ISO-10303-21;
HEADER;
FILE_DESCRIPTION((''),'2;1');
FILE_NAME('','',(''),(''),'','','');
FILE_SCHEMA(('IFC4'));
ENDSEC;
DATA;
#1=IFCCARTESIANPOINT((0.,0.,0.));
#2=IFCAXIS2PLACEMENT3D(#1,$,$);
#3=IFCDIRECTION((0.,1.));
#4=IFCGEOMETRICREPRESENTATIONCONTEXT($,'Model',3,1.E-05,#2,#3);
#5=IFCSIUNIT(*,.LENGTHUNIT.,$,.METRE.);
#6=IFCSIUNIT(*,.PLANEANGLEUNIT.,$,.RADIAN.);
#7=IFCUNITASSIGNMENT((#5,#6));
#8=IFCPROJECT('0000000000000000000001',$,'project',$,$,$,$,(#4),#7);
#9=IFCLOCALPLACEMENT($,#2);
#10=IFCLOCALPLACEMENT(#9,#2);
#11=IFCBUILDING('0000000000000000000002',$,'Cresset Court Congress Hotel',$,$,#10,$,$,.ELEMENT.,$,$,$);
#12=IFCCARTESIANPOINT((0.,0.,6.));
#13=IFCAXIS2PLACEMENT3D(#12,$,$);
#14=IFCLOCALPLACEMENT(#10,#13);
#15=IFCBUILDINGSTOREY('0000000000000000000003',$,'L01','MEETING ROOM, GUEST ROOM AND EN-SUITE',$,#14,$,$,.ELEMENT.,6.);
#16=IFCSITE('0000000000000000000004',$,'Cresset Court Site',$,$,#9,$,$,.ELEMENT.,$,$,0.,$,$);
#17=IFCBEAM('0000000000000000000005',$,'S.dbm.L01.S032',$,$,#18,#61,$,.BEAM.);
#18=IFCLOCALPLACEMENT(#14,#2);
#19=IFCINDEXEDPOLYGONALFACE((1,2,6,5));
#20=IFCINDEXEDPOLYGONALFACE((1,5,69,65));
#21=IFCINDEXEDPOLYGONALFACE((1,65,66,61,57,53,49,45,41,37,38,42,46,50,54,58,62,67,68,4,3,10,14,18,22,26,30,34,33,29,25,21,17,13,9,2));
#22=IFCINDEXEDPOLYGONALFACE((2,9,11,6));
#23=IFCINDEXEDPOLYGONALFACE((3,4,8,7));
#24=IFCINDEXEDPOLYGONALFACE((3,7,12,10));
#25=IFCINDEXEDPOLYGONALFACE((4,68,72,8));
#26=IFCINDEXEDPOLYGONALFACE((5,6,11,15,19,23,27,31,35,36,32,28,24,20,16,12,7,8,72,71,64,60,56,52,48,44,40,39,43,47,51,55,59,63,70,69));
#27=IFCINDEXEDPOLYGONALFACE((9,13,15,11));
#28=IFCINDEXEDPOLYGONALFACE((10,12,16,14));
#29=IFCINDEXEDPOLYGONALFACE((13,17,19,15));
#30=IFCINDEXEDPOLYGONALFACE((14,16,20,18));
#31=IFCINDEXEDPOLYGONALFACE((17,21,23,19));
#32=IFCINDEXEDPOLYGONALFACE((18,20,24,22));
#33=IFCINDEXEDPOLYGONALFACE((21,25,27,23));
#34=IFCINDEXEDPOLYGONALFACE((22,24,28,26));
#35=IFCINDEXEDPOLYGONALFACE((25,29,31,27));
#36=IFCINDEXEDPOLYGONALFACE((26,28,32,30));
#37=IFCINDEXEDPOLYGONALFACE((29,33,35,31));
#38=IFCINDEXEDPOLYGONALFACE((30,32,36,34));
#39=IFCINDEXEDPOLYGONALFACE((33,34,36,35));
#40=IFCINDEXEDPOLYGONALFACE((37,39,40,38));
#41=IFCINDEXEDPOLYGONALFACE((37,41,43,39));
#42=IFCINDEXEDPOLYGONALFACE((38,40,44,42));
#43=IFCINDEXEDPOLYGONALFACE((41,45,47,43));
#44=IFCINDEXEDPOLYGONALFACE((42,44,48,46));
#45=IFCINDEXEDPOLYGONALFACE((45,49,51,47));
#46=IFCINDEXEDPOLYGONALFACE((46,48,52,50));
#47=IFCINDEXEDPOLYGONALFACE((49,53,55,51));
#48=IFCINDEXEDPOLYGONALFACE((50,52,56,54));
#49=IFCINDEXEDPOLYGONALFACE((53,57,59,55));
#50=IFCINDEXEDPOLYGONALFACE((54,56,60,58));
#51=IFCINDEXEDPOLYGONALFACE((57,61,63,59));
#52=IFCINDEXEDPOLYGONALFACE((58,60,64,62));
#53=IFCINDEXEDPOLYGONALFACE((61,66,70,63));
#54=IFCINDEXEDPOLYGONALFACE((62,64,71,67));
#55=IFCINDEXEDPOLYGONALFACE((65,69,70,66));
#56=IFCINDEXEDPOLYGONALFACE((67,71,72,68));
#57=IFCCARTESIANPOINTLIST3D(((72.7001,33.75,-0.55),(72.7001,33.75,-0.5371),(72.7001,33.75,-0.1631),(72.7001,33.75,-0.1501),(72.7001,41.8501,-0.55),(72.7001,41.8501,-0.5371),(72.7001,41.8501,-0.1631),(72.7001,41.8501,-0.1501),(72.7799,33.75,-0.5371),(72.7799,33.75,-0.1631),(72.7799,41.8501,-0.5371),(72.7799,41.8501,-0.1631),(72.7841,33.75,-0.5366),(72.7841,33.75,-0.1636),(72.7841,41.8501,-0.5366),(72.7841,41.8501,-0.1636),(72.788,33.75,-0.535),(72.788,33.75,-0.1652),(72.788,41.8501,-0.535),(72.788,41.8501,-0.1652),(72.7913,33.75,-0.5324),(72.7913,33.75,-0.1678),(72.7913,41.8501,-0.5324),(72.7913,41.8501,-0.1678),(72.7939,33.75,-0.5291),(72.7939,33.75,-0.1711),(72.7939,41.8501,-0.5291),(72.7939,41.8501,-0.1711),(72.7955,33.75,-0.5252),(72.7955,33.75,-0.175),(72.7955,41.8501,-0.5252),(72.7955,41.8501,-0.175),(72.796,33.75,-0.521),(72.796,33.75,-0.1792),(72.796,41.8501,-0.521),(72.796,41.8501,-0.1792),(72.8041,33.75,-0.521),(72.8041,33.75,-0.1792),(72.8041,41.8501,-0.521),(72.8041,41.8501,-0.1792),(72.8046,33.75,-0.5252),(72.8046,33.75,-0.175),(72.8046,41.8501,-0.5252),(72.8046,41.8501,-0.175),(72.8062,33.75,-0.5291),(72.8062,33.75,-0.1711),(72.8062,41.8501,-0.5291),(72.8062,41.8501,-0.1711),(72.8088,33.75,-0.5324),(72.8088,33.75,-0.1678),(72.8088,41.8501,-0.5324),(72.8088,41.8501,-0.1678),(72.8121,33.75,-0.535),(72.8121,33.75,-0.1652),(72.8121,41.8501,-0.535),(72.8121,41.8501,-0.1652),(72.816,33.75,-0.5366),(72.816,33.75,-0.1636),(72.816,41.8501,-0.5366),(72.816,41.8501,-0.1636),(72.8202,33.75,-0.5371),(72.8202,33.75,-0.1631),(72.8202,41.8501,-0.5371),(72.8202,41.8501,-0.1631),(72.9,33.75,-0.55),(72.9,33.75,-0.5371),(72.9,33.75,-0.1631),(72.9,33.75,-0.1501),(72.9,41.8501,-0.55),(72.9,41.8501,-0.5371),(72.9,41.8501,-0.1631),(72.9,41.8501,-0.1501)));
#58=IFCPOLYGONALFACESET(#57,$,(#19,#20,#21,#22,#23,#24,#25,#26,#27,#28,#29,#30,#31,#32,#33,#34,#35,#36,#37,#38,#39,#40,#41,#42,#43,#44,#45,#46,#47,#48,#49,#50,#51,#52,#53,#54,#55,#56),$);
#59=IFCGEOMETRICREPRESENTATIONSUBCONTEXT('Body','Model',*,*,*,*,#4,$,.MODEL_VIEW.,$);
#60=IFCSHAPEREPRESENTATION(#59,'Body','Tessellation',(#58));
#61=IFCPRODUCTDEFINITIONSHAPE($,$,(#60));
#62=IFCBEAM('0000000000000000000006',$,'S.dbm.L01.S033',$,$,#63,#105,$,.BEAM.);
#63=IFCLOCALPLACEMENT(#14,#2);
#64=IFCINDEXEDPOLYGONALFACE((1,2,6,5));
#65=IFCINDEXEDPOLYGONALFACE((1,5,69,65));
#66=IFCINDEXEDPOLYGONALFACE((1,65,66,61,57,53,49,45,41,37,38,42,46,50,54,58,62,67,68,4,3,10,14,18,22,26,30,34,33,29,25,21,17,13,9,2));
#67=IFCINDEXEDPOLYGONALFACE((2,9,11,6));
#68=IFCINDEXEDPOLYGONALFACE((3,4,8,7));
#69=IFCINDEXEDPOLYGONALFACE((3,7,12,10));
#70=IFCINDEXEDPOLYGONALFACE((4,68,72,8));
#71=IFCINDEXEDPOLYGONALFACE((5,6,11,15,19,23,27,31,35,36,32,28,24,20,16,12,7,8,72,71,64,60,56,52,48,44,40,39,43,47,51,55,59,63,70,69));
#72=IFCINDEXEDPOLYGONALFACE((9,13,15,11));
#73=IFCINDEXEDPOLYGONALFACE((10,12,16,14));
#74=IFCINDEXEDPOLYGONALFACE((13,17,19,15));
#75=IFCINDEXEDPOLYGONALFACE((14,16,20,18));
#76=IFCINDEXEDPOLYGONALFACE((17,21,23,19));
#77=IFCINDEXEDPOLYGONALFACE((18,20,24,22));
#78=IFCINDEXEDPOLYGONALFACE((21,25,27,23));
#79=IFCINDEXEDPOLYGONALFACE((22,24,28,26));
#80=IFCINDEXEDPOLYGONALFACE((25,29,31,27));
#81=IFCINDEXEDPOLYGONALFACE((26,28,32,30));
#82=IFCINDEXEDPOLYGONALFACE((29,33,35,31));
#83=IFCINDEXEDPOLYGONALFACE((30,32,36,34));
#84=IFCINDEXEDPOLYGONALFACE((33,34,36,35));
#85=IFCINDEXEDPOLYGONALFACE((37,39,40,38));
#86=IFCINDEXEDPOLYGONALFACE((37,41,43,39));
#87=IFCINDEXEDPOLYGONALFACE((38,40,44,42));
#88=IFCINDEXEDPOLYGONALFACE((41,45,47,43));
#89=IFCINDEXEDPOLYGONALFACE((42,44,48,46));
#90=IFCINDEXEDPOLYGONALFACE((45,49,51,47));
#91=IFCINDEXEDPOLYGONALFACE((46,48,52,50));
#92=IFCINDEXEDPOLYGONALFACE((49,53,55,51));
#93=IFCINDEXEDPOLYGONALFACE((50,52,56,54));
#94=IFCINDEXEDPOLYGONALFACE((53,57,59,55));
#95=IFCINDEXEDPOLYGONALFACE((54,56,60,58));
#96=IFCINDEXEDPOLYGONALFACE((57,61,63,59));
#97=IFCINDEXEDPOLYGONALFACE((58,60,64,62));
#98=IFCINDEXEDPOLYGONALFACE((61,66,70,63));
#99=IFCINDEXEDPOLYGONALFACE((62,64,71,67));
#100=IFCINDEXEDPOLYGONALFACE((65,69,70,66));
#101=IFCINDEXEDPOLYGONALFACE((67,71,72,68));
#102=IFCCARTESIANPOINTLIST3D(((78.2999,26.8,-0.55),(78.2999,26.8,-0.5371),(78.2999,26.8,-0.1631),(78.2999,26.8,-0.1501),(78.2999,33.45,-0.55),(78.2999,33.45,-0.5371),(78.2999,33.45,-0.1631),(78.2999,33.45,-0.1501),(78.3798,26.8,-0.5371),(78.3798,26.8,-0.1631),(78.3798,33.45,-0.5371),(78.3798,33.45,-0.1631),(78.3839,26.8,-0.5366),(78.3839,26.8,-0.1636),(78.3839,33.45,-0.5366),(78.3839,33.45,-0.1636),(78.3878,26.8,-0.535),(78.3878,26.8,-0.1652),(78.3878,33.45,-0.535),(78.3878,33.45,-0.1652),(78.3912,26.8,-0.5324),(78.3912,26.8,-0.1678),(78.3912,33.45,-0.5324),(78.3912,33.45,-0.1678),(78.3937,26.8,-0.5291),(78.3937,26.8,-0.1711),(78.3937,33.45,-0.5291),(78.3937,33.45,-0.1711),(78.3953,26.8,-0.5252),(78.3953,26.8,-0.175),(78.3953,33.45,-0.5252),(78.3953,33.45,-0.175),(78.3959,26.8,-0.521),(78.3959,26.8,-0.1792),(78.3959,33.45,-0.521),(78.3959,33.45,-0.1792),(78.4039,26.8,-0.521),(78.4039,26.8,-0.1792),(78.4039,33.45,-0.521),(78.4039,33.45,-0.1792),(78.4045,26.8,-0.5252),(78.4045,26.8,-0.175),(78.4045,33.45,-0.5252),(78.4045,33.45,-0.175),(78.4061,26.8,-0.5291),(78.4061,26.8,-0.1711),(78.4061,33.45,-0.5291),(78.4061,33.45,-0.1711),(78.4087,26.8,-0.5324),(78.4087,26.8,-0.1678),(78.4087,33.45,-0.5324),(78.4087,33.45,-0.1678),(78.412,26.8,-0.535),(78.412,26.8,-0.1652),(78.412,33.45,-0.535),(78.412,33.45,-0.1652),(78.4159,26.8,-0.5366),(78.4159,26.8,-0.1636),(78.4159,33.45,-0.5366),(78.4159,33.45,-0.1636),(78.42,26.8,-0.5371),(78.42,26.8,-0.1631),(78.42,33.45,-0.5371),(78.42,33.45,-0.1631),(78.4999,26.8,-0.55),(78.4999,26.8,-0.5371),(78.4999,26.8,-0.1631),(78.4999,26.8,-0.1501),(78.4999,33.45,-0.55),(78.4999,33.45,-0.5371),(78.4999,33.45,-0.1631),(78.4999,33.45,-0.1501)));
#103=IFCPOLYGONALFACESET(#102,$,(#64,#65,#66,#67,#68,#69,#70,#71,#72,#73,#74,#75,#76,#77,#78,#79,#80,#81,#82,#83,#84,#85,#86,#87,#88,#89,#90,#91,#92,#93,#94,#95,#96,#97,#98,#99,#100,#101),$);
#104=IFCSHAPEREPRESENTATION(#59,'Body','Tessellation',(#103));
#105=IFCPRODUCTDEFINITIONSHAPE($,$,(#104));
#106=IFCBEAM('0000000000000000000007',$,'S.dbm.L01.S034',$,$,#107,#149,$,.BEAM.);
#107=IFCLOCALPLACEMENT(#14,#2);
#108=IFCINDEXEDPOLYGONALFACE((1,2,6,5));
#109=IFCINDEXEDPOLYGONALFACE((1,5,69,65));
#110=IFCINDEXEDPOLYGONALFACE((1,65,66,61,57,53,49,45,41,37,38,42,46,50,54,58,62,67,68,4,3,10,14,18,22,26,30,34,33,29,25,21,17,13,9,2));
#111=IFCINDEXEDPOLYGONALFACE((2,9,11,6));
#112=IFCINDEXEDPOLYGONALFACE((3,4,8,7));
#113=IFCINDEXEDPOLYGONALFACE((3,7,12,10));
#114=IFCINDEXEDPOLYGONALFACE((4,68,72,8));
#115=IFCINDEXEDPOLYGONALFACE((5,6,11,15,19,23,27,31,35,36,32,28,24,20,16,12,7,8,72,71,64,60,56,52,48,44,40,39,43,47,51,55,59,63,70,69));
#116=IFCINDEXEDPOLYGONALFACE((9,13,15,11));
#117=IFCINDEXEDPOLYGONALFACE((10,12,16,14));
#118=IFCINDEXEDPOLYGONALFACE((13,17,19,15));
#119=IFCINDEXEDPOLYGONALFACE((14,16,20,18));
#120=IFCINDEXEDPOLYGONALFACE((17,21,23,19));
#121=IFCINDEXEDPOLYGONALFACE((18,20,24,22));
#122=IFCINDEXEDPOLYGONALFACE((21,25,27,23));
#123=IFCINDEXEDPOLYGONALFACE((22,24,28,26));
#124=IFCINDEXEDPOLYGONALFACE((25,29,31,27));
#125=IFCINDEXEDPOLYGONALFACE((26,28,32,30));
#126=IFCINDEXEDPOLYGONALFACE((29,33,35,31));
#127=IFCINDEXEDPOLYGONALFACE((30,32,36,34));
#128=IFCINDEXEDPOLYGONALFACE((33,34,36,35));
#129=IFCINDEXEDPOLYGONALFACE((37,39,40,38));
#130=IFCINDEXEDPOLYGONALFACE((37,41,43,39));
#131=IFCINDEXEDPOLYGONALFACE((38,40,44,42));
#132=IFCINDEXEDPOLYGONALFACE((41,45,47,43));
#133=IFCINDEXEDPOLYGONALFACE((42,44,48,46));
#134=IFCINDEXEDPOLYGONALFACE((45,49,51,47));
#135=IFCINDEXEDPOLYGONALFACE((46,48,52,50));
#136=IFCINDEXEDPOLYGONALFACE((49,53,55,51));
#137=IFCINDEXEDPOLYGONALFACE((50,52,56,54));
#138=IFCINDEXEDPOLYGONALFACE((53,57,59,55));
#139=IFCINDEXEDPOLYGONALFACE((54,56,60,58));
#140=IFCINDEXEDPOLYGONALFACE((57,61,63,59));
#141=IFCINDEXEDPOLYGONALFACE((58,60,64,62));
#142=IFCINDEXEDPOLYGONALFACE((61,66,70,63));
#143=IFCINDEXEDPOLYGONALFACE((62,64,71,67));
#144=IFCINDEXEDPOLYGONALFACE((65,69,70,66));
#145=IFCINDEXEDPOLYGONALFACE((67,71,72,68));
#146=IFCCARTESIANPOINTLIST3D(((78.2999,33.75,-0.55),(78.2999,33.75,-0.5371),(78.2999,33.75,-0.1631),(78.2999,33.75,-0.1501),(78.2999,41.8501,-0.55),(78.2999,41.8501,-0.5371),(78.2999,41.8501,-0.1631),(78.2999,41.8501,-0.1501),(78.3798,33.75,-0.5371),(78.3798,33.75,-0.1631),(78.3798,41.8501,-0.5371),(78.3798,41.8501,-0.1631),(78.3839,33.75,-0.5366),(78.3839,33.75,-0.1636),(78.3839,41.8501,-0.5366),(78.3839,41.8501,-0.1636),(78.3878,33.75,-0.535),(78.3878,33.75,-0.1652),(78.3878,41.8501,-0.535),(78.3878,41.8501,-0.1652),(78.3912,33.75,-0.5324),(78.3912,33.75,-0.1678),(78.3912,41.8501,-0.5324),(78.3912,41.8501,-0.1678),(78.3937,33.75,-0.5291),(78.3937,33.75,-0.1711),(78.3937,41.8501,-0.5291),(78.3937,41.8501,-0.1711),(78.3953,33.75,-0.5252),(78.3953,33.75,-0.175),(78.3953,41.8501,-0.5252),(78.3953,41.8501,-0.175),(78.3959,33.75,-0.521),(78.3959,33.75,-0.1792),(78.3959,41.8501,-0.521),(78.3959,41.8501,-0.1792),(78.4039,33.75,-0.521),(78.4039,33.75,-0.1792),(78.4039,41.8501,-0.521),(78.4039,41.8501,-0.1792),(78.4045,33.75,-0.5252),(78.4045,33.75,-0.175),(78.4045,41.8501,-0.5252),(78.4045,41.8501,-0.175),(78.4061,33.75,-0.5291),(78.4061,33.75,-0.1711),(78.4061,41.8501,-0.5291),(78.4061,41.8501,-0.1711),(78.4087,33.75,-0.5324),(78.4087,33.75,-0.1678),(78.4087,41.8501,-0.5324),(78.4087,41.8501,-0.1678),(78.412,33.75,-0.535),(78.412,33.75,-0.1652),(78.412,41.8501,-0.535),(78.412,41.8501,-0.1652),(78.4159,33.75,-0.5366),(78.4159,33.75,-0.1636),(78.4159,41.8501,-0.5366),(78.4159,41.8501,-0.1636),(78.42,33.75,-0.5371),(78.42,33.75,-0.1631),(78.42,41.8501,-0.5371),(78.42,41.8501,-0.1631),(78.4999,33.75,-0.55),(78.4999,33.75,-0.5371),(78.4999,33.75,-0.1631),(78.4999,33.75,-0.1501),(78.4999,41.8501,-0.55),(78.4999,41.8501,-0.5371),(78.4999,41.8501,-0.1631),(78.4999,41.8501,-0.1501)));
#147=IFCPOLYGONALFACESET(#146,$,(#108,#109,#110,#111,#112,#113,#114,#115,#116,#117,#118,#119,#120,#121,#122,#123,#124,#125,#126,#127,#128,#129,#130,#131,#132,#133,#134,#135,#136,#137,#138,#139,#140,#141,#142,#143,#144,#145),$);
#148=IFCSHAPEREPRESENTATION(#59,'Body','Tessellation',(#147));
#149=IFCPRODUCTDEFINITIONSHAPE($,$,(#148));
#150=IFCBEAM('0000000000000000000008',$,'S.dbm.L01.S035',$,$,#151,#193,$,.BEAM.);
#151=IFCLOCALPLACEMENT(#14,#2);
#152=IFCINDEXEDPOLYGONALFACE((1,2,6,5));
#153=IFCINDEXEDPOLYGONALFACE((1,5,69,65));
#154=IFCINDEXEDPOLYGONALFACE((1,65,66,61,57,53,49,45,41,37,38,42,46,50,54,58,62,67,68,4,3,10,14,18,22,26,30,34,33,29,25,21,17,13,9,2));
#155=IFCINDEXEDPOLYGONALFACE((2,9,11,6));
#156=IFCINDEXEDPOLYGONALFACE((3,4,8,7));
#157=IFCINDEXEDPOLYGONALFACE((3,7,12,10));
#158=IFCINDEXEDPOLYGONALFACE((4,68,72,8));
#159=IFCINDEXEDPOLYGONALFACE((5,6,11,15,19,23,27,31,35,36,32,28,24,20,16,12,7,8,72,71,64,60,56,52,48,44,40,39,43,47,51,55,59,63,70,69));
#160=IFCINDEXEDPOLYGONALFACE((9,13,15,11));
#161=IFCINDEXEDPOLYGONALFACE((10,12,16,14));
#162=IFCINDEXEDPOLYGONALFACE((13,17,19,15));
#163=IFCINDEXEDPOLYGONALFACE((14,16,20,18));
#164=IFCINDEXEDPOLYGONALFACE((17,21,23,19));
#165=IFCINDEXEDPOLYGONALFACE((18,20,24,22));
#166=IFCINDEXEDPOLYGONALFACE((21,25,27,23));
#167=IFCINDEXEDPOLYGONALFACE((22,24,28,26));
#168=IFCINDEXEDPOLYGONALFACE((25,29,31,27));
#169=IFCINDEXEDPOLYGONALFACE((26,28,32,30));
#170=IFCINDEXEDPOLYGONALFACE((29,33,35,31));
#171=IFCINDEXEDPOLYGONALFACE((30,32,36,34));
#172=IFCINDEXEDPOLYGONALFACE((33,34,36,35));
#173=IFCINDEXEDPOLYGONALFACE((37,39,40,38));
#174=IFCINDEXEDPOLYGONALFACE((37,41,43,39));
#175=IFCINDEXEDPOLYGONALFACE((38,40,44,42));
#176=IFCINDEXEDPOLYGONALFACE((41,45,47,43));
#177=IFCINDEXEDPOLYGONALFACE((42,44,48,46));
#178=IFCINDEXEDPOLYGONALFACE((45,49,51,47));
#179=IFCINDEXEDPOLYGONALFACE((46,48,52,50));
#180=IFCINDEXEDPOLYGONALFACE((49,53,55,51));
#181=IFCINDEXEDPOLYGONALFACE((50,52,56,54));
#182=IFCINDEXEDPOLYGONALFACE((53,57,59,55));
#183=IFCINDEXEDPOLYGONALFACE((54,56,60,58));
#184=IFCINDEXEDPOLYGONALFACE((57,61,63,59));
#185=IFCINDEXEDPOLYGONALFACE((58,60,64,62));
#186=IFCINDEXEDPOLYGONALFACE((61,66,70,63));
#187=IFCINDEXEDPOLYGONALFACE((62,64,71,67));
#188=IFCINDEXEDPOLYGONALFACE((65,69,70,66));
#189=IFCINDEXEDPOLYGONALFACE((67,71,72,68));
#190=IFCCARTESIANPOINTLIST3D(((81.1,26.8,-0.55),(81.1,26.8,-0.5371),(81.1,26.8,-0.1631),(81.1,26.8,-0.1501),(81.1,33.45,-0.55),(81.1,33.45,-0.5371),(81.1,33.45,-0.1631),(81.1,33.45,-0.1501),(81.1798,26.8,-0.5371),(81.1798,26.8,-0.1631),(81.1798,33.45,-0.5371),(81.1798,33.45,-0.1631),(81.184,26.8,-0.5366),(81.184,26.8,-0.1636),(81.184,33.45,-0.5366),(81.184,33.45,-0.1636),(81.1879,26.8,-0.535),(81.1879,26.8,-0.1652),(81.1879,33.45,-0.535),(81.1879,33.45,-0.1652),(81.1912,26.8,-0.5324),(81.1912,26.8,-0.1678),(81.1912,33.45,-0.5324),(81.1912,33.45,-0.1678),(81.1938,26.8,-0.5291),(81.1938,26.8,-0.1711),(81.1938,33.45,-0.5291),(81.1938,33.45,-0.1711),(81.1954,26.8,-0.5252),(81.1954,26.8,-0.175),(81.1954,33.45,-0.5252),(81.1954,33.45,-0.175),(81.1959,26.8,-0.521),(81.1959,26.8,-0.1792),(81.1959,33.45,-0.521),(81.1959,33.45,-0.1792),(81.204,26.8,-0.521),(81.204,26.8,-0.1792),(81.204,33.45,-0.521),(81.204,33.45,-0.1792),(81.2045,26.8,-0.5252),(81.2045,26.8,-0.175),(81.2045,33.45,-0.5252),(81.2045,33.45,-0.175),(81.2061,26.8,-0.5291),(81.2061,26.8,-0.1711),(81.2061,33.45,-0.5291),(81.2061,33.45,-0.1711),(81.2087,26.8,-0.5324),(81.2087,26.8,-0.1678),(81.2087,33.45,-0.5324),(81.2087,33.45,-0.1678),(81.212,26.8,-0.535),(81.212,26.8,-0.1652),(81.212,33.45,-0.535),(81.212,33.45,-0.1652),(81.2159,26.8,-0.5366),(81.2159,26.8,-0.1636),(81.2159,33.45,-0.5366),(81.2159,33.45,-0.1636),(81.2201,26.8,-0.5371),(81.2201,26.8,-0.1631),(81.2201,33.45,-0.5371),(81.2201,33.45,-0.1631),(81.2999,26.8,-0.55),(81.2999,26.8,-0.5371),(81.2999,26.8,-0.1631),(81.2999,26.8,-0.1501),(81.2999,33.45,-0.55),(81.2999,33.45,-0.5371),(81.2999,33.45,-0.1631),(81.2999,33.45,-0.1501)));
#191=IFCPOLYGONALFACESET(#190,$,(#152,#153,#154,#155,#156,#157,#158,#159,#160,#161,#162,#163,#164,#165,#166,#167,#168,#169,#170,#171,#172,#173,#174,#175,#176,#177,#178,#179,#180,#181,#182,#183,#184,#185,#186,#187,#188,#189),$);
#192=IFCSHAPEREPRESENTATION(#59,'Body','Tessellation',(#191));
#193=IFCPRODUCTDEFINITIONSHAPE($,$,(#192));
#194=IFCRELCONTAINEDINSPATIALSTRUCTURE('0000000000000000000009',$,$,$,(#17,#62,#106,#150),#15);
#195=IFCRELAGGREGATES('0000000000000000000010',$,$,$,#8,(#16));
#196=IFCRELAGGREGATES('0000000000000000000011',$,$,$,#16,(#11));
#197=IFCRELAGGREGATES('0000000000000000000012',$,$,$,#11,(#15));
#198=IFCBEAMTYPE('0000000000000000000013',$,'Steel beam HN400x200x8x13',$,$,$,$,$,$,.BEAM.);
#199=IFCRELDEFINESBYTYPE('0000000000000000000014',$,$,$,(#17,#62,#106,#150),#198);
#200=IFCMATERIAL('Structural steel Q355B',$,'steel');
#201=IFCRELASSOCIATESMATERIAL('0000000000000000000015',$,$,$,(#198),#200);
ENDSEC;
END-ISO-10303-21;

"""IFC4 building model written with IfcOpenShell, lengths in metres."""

from ifc_helpers import new_model, si_unit, direction, frame, origin, origin_2d, place, context, subcontext, project, spatial, i_section, extrude, material, material_profile, profile_set, type_object, element, save


model = new_model("IFC4")

# Units and contexts
model_context = context("Model", 3, precision=1e-05, world=origin(), true_north=direction((0.0, 1.0)))
body_context = subcontext(model_context, "Body", "Model", "MODEL_VIEW")
ifc_project = project(units=[si_unit("LENGTHUNIT", "METRE"), si_unit("PLANEANGLEUNIT", "RADIAN")], contexts=[model_context])

# Site, building, storey
site_placement = place(None, origin())
site = spatial("IfcSite", under=ifc_project, at=site_placement, Name="Cresset Court Site", CompositionType="ELEMENT", RefElevation=0.0)
building_placement = place(site_placement, origin())
building = spatial("IfcBuilding", under=site, at=building_placement, Name="Cresset Court Congress Hotel", CompositionType="ELEMENT")
storey_placement = place(building_placement, frame((0.0, 0.0, 6.0)))
storey = spatial("IfcBuildingStorey", under=building, at=storey_placement, Name="L01", Description="MEETING ROOM, GUEST ROOM AND EN-SUITE", CompositionType="ELEMENT", Elevation=6.0)

# Beams
ifc_material_1 = material(Name="Structural steel Q355B", Category="steel")
ifc_material_profile_1 = material_profile(ifc_material_1, i_section(OverallWidth=0.2, OverallDepth=0.3999, WebThickness=0.0081, FlangeThickness=0.0129, FilletRadius=0.0161, at=origin_2d()), Name="HN400x200x8x13")
ifc_profile_set_1 = profile_set([ifc_material_profile_1], Name="Structural steel Q355B")
beam_type_1 = type_object("IfcBeamType", Name="Steel beam HN400x200x8x13", PredefinedType="BEAM", material=ifc_profile_set_1)
beam_1_placement = place(storey_placement, frame((72.8, 33.75, -0.3501), z_axis=(0.0, 1.0, 0.0), x_axis=(-1.0, 0.0, 0.0)))
element("IfcBeam", 1, at=beam_1_placement, inside=storey, type_object=beam_type_1, Name="S.dbm.L01.S032", PredefinedType="BEAM", context=body_context, shape_type="SweptSolid", body=[
    extrude(i_section(OverallWidth=0.2, OverallDepth=0.3999, WebThickness=0.0081, FlangeThickness=0.0129, FilletRadius=0.0161, at=origin_2d()), origin(), (0.0, 0.0, 1.0), 8.1001),
])
beam_2_placement = place(storey_placement, frame((78.3999, 26.8, -0.3501), z_axis=(0.0, 1.0, 0.0), x_axis=(-1.0, 0.0, 0.0)))
element("IfcBeam", 2, at=beam_2_placement, inside=storey, type_object=beam_type_1, Name="S.dbm.L01.S033", PredefinedType="BEAM", context=body_context, shape_type="SweptSolid", body=[
    extrude(i_section(OverallWidth=0.2, OverallDepth=0.3999, WebThickness=0.0081, FlangeThickness=0.0129, FilletRadius=0.0161, at=origin_2d()), origin(), (0.0, 0.0, 1.0), 6.6499),
])
beam_3_placement = place(storey_placement, frame((78.3999, 33.75, -0.3501), z_axis=(0.0, 1.0, 0.0), x_axis=(-1.0, 0.0, 0.0)))
element("IfcBeam", 3, at=beam_3_placement, inside=storey, type_object=beam_type_1, Name="S.dbm.L01.S034", PredefinedType="BEAM", context=body_context, shape_type="SweptSolid", body=[
    extrude(i_section(OverallWidth=0.2, OverallDepth=0.3999, WebThickness=0.0081, FlangeThickness=0.0129, FilletRadius=0.0161, at=origin_2d()), origin(), (0.0, 0.0, 1.0), 8.1001),
])
beam_4_placement = place(storey_placement, frame((81.2, 26.8, -0.3501), z_axis=(0.0, 1.0, 0.0), x_axis=(-1.0, 0.0, 0.0)))
element("IfcBeam", 4, at=beam_4_placement, inside=storey, type_object=beam_type_1, Name="S.dbm.L01.S035", PredefinedType="BEAM", context=body_context, shape_type="SweptSolid", body=[
    extrude(i_section(OverallWidth=0.2, OverallDepth=0.3999, WebThickness=0.0081, FlangeThickness=0.0129, FilletRadius=0.0161, at=origin_2d()), origin(), (0.0, 0.0, 1.0), 6.6499),
])

save(model, "model.ifc")
